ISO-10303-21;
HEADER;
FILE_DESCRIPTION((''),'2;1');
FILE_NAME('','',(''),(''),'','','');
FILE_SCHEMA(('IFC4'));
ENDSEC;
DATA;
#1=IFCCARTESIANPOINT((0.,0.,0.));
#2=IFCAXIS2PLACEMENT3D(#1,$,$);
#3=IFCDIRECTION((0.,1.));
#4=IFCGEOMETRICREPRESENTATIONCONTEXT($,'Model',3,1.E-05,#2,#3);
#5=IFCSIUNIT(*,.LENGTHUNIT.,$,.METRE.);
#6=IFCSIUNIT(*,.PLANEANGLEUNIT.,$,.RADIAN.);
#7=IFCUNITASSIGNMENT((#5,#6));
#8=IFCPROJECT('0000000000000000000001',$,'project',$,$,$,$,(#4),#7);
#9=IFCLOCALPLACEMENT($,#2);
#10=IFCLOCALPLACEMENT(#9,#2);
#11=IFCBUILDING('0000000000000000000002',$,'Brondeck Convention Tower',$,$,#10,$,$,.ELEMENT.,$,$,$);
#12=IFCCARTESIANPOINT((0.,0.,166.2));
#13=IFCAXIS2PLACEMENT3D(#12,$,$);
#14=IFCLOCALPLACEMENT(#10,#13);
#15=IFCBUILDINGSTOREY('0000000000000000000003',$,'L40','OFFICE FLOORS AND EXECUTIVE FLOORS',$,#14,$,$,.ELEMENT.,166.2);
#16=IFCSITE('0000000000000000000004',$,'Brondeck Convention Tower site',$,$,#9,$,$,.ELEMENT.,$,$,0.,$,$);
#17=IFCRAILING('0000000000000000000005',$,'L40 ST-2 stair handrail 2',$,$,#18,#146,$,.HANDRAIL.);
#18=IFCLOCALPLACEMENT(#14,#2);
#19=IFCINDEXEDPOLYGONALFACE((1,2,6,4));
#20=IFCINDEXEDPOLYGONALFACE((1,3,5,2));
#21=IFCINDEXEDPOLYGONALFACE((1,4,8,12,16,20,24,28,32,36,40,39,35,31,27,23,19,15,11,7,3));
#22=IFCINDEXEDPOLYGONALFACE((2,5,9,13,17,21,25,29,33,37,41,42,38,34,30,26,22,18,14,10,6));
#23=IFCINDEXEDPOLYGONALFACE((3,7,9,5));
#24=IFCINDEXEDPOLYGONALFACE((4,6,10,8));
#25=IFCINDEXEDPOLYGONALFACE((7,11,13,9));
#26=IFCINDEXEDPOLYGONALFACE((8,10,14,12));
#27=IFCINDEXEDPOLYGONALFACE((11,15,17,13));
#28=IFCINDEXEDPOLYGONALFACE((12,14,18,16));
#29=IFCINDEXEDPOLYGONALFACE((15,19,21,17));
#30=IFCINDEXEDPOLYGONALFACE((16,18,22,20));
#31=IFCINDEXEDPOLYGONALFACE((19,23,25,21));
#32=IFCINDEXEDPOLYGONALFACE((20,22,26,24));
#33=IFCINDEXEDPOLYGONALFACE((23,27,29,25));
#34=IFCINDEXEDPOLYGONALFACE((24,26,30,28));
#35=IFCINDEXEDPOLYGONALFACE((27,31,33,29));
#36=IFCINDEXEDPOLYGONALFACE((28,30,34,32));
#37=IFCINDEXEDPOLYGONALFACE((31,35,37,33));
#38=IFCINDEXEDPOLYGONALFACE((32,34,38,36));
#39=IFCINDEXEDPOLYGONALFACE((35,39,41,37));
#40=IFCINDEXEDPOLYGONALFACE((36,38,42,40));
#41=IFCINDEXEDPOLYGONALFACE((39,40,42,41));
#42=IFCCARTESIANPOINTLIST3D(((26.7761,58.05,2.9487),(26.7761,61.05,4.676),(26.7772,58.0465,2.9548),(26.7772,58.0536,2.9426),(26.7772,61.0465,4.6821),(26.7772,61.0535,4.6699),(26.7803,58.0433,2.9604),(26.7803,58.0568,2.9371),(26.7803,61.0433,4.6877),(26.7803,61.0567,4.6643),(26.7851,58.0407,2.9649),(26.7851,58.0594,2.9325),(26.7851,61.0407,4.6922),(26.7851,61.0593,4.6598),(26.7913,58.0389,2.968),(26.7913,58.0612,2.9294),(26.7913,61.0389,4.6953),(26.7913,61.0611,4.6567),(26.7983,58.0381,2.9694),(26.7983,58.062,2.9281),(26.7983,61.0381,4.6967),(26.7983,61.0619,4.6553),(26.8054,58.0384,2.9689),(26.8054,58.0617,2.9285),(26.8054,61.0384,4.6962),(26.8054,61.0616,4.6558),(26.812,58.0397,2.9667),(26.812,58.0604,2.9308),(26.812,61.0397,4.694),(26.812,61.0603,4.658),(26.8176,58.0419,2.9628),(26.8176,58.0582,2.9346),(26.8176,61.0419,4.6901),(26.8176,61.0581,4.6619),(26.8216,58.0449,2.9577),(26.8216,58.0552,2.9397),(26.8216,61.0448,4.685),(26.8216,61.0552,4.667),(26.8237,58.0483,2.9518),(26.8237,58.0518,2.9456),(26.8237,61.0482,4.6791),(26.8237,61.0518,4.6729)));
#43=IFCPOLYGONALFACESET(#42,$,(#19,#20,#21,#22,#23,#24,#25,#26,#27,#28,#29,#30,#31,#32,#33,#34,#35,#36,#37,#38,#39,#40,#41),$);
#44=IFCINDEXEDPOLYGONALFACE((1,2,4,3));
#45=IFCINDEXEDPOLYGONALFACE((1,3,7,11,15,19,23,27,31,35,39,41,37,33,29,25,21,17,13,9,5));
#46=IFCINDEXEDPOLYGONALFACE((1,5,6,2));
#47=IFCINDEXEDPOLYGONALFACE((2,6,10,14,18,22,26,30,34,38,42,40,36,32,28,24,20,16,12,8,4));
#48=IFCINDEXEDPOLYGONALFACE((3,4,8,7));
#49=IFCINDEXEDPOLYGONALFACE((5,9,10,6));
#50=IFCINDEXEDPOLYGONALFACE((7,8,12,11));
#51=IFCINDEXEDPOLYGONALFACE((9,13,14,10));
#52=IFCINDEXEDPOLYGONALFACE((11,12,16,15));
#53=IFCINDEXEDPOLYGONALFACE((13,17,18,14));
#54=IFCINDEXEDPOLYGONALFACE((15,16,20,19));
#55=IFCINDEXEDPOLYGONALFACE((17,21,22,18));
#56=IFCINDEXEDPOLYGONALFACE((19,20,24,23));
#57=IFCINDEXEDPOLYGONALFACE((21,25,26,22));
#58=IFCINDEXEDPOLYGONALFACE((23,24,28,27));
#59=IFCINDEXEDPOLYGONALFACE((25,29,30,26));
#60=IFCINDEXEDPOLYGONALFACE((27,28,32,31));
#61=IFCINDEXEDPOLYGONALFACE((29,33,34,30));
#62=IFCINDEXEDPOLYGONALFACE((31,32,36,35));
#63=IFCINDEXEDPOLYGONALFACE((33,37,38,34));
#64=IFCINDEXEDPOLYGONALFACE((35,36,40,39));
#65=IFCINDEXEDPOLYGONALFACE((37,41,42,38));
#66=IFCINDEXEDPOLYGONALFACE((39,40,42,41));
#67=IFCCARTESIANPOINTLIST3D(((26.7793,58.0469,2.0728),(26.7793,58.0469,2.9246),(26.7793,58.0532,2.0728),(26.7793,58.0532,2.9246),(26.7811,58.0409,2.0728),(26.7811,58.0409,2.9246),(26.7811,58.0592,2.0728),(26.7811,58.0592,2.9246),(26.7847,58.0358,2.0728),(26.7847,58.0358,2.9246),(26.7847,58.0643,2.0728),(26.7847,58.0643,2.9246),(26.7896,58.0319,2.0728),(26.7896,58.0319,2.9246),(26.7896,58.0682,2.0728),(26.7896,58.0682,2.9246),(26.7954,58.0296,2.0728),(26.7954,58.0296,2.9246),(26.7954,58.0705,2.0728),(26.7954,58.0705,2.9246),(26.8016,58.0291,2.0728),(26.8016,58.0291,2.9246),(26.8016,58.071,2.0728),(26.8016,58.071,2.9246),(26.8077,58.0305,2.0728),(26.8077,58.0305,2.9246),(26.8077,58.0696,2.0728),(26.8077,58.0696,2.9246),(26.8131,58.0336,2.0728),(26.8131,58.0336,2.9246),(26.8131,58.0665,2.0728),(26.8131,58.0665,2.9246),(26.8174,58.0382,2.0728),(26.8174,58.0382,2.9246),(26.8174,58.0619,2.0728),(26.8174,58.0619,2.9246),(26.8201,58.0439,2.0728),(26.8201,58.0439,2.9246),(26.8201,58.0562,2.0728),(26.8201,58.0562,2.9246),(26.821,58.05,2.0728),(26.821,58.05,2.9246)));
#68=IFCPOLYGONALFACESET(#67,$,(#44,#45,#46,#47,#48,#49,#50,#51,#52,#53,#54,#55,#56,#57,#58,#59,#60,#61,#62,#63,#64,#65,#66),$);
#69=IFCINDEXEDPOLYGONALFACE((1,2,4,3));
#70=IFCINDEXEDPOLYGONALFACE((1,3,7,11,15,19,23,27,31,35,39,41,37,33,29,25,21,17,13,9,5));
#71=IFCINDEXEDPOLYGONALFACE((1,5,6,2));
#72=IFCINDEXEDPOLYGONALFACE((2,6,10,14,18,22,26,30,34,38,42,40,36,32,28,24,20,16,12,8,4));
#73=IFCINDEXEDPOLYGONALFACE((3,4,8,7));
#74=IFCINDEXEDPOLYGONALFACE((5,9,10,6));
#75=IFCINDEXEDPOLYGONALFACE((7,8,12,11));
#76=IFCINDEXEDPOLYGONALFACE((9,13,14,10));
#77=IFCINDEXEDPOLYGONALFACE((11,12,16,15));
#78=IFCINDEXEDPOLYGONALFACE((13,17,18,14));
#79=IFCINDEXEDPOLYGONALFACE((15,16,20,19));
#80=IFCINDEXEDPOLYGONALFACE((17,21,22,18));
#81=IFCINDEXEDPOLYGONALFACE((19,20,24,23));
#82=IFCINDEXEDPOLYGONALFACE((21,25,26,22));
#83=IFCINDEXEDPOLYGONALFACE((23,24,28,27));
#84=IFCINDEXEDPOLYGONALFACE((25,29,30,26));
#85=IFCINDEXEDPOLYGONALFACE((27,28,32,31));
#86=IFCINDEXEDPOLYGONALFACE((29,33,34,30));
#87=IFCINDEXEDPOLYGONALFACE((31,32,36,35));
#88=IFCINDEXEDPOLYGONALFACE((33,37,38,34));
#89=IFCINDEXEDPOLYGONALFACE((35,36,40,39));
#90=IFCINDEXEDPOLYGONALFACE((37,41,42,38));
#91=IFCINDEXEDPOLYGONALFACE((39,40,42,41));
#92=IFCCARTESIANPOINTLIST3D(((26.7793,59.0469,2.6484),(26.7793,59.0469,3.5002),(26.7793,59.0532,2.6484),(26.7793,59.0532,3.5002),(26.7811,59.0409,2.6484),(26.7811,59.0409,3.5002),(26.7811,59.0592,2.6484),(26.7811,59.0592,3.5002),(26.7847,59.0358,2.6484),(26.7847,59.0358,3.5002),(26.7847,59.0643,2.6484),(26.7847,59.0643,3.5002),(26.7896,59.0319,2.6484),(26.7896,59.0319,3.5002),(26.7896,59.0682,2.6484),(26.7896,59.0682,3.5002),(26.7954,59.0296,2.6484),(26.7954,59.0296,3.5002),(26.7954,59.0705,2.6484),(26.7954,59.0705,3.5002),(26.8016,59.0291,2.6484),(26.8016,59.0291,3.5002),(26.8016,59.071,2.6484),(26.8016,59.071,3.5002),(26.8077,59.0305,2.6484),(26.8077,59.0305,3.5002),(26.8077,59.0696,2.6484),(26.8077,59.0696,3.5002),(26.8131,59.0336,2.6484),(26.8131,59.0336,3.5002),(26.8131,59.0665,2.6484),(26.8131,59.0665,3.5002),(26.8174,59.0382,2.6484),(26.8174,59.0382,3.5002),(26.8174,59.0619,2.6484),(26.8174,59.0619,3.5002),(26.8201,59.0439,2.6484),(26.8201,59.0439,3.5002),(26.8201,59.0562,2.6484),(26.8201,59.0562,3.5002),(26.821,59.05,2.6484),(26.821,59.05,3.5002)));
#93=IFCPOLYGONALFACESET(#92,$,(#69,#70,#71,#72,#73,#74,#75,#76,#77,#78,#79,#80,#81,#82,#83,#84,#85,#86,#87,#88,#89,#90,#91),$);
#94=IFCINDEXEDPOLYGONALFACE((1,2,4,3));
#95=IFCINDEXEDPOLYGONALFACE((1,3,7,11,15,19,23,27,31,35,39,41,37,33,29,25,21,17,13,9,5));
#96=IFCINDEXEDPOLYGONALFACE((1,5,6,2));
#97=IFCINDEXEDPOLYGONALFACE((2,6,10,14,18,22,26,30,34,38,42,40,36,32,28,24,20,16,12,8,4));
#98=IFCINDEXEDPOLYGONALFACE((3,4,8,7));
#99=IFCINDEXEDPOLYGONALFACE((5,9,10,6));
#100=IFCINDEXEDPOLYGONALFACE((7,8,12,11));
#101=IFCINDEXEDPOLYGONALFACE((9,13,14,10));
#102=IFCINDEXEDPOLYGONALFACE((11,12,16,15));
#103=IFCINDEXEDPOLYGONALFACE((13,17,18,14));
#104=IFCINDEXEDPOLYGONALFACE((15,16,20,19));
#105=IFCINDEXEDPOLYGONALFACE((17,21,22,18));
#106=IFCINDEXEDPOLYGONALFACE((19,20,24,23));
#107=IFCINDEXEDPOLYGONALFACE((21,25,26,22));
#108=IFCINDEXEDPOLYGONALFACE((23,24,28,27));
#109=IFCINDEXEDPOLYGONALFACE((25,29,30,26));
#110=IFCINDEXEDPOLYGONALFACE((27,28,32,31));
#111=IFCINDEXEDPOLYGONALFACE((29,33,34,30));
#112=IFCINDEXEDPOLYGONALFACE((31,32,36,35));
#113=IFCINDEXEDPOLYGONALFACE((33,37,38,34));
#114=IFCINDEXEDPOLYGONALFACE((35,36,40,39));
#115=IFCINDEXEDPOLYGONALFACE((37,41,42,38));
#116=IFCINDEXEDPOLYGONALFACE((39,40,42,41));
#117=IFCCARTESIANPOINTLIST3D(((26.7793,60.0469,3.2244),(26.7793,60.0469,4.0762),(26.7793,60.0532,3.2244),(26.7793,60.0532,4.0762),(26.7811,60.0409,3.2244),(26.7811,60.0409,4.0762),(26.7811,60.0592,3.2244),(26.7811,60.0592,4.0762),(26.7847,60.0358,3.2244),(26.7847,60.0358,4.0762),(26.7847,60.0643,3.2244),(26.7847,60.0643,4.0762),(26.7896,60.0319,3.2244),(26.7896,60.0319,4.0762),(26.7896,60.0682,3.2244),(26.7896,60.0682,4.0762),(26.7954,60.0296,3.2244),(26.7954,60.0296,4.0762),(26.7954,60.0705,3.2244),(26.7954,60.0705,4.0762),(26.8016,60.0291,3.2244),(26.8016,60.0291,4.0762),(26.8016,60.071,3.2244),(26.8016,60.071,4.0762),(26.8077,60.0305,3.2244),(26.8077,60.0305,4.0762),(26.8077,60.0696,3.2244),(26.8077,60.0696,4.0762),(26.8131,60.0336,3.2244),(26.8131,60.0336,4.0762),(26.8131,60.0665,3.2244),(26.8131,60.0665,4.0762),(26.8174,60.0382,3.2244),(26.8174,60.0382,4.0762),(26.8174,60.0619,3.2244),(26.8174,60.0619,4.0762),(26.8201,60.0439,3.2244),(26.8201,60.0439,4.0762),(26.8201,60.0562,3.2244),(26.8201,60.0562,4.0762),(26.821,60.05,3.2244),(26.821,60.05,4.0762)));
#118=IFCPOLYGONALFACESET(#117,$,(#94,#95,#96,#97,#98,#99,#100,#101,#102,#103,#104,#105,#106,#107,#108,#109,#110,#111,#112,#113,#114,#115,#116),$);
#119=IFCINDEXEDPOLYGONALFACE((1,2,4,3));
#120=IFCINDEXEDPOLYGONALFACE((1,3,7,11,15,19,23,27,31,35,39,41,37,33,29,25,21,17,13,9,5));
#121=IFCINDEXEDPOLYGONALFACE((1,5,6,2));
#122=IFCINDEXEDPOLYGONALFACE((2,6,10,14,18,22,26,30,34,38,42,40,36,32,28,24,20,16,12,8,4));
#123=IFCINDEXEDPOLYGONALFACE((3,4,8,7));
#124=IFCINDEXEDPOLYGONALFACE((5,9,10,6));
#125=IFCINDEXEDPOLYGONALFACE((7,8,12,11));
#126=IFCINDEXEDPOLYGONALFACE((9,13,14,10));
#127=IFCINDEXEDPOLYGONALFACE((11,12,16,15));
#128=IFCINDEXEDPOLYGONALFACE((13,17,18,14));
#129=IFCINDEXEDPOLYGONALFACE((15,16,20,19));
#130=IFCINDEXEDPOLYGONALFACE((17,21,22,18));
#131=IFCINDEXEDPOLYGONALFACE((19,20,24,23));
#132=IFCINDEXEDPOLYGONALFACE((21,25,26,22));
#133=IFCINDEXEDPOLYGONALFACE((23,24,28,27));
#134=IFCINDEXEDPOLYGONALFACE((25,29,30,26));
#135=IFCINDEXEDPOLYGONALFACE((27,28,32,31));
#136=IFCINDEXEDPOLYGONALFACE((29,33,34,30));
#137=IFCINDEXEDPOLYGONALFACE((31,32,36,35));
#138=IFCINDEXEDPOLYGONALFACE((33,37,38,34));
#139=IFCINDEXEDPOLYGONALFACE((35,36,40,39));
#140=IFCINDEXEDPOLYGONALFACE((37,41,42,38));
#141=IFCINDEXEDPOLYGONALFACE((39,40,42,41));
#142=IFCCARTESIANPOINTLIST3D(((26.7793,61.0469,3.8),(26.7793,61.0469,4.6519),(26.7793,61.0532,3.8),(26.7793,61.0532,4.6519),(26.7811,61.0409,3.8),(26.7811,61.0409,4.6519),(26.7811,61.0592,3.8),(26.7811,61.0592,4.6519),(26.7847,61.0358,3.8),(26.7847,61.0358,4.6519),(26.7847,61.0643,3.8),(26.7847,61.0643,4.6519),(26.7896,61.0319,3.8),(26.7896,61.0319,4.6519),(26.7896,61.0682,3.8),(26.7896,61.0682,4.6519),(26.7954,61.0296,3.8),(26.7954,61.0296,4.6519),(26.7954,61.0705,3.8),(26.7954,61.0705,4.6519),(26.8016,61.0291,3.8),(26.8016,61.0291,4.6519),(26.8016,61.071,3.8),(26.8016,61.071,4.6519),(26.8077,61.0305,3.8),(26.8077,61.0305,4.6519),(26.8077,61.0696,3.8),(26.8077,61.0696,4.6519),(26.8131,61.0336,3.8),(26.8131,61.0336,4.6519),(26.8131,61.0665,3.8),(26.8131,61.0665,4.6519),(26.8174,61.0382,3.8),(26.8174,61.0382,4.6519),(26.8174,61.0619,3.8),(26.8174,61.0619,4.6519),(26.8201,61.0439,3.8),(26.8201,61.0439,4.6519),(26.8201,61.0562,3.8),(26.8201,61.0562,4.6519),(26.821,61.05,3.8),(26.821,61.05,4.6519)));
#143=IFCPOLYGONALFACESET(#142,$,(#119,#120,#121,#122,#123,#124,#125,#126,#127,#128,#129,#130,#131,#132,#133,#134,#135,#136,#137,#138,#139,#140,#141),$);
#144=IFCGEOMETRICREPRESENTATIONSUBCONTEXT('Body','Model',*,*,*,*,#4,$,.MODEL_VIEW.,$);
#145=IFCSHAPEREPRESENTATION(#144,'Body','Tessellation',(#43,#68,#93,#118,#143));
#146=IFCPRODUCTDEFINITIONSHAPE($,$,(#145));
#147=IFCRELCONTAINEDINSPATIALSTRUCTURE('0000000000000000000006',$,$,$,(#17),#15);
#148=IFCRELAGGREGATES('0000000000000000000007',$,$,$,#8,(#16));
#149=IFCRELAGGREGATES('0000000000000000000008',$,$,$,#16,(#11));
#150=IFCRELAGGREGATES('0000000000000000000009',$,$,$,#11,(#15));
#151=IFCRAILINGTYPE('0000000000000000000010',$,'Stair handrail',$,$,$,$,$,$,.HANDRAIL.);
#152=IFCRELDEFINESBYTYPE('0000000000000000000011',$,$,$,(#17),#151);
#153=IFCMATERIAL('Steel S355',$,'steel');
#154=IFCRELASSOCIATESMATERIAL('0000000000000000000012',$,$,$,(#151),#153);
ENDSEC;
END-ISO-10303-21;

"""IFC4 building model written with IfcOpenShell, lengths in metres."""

from ifc_helpers import new_model, si_unit, direction, frame, origin, origin_2d, place, context, subcontext, project, spatial, circle, extrude, material, type_object, element, save


model = new_model("IFC4")

# Units and contexts
model_context = context("Model", 3, precision=1e-05, world=origin(), true_north=direction((0.0, 1.0)))
body_context = subcontext(model_context, "Body", "Model", "MODEL_VIEW")
ifc_project = project(units=[si_unit("LENGTHUNIT", "METRE"), si_unit("PLANEANGLEUNIT", "RADIAN")], contexts=[model_context])

# Site, building, storey
site_placement = place(None, origin())
site = spatial("IfcSite", under=ifc_project, at=site_placement, Name="Brondeck Convention Tower site", CompositionType="ELEMENT", RefElevation=0.0)
building_placement = place(site_placement, origin())
building = spatial("IfcBuilding", under=site, at=building_placement, Name="Brondeck Convention Tower", CompositionType="ELEMENT")
storey_placement = place(building_placement, frame((0.0, 0.0, 166.2)))
storey = spatial("IfcBuildingStorey", under=building, at=storey_placement, Name="L40", Description="OFFICE FLOORS AND EXECUTIVE FLOORS", CompositionType="ELEMENT", Elevation=166.2)

# Shared definitions
ifc_material_1 = material(Name="Steel S355", Category="steel")

# Railing
railing_type_1 = type_object("IfcRailingType", Name="Stair handrail", PredefinedType="HANDRAIL", material=ifc_material_1)
railing_1_placement = place(storey_placement, frame((26.8, 58.05, 2.0728)))
element("IfcRailing", 1, at=railing_1_placement, inside=storey, type_object=railing_type_1, Name="L40 ST-2 stair handrail 2", PredefinedType="HANDRAIL", context=body_context, shape_type="SweptSolid", body=[
    extrude(circle(Radius=0.0239, at=origin_2d()), frame((0.0, 0.0, 0.876), z_axis=(0.0, 0.86662, 0.498969), x_axis=(-1.0, 0.0, 0.0)), (0.0, 0.0, 1.0), 3.4617),
    extrude(circle(Radius=0.021, at=origin_2d()), origin(), (0.0, 0.0, 1.0), 0.8518),
    extrude(circle(Radius=0.021, at=origin_2d()), frame((0.0, 1.0, 0.5757)), (0.0, 0.0, 1.0), 0.8518),
    extrude(circle(Radius=0.021, at=origin_2d()), frame((0.0, 2.0, 1.1516)), (0.0, 0.0, 1.0), 0.8518),
    extrude(circle(Radius=0.021, at=origin_2d()), frame((0.0, 3.0, 1.7273)), (0.0, 0.0, 1.0), 0.8518),
])

save(model, "model.ifc")
